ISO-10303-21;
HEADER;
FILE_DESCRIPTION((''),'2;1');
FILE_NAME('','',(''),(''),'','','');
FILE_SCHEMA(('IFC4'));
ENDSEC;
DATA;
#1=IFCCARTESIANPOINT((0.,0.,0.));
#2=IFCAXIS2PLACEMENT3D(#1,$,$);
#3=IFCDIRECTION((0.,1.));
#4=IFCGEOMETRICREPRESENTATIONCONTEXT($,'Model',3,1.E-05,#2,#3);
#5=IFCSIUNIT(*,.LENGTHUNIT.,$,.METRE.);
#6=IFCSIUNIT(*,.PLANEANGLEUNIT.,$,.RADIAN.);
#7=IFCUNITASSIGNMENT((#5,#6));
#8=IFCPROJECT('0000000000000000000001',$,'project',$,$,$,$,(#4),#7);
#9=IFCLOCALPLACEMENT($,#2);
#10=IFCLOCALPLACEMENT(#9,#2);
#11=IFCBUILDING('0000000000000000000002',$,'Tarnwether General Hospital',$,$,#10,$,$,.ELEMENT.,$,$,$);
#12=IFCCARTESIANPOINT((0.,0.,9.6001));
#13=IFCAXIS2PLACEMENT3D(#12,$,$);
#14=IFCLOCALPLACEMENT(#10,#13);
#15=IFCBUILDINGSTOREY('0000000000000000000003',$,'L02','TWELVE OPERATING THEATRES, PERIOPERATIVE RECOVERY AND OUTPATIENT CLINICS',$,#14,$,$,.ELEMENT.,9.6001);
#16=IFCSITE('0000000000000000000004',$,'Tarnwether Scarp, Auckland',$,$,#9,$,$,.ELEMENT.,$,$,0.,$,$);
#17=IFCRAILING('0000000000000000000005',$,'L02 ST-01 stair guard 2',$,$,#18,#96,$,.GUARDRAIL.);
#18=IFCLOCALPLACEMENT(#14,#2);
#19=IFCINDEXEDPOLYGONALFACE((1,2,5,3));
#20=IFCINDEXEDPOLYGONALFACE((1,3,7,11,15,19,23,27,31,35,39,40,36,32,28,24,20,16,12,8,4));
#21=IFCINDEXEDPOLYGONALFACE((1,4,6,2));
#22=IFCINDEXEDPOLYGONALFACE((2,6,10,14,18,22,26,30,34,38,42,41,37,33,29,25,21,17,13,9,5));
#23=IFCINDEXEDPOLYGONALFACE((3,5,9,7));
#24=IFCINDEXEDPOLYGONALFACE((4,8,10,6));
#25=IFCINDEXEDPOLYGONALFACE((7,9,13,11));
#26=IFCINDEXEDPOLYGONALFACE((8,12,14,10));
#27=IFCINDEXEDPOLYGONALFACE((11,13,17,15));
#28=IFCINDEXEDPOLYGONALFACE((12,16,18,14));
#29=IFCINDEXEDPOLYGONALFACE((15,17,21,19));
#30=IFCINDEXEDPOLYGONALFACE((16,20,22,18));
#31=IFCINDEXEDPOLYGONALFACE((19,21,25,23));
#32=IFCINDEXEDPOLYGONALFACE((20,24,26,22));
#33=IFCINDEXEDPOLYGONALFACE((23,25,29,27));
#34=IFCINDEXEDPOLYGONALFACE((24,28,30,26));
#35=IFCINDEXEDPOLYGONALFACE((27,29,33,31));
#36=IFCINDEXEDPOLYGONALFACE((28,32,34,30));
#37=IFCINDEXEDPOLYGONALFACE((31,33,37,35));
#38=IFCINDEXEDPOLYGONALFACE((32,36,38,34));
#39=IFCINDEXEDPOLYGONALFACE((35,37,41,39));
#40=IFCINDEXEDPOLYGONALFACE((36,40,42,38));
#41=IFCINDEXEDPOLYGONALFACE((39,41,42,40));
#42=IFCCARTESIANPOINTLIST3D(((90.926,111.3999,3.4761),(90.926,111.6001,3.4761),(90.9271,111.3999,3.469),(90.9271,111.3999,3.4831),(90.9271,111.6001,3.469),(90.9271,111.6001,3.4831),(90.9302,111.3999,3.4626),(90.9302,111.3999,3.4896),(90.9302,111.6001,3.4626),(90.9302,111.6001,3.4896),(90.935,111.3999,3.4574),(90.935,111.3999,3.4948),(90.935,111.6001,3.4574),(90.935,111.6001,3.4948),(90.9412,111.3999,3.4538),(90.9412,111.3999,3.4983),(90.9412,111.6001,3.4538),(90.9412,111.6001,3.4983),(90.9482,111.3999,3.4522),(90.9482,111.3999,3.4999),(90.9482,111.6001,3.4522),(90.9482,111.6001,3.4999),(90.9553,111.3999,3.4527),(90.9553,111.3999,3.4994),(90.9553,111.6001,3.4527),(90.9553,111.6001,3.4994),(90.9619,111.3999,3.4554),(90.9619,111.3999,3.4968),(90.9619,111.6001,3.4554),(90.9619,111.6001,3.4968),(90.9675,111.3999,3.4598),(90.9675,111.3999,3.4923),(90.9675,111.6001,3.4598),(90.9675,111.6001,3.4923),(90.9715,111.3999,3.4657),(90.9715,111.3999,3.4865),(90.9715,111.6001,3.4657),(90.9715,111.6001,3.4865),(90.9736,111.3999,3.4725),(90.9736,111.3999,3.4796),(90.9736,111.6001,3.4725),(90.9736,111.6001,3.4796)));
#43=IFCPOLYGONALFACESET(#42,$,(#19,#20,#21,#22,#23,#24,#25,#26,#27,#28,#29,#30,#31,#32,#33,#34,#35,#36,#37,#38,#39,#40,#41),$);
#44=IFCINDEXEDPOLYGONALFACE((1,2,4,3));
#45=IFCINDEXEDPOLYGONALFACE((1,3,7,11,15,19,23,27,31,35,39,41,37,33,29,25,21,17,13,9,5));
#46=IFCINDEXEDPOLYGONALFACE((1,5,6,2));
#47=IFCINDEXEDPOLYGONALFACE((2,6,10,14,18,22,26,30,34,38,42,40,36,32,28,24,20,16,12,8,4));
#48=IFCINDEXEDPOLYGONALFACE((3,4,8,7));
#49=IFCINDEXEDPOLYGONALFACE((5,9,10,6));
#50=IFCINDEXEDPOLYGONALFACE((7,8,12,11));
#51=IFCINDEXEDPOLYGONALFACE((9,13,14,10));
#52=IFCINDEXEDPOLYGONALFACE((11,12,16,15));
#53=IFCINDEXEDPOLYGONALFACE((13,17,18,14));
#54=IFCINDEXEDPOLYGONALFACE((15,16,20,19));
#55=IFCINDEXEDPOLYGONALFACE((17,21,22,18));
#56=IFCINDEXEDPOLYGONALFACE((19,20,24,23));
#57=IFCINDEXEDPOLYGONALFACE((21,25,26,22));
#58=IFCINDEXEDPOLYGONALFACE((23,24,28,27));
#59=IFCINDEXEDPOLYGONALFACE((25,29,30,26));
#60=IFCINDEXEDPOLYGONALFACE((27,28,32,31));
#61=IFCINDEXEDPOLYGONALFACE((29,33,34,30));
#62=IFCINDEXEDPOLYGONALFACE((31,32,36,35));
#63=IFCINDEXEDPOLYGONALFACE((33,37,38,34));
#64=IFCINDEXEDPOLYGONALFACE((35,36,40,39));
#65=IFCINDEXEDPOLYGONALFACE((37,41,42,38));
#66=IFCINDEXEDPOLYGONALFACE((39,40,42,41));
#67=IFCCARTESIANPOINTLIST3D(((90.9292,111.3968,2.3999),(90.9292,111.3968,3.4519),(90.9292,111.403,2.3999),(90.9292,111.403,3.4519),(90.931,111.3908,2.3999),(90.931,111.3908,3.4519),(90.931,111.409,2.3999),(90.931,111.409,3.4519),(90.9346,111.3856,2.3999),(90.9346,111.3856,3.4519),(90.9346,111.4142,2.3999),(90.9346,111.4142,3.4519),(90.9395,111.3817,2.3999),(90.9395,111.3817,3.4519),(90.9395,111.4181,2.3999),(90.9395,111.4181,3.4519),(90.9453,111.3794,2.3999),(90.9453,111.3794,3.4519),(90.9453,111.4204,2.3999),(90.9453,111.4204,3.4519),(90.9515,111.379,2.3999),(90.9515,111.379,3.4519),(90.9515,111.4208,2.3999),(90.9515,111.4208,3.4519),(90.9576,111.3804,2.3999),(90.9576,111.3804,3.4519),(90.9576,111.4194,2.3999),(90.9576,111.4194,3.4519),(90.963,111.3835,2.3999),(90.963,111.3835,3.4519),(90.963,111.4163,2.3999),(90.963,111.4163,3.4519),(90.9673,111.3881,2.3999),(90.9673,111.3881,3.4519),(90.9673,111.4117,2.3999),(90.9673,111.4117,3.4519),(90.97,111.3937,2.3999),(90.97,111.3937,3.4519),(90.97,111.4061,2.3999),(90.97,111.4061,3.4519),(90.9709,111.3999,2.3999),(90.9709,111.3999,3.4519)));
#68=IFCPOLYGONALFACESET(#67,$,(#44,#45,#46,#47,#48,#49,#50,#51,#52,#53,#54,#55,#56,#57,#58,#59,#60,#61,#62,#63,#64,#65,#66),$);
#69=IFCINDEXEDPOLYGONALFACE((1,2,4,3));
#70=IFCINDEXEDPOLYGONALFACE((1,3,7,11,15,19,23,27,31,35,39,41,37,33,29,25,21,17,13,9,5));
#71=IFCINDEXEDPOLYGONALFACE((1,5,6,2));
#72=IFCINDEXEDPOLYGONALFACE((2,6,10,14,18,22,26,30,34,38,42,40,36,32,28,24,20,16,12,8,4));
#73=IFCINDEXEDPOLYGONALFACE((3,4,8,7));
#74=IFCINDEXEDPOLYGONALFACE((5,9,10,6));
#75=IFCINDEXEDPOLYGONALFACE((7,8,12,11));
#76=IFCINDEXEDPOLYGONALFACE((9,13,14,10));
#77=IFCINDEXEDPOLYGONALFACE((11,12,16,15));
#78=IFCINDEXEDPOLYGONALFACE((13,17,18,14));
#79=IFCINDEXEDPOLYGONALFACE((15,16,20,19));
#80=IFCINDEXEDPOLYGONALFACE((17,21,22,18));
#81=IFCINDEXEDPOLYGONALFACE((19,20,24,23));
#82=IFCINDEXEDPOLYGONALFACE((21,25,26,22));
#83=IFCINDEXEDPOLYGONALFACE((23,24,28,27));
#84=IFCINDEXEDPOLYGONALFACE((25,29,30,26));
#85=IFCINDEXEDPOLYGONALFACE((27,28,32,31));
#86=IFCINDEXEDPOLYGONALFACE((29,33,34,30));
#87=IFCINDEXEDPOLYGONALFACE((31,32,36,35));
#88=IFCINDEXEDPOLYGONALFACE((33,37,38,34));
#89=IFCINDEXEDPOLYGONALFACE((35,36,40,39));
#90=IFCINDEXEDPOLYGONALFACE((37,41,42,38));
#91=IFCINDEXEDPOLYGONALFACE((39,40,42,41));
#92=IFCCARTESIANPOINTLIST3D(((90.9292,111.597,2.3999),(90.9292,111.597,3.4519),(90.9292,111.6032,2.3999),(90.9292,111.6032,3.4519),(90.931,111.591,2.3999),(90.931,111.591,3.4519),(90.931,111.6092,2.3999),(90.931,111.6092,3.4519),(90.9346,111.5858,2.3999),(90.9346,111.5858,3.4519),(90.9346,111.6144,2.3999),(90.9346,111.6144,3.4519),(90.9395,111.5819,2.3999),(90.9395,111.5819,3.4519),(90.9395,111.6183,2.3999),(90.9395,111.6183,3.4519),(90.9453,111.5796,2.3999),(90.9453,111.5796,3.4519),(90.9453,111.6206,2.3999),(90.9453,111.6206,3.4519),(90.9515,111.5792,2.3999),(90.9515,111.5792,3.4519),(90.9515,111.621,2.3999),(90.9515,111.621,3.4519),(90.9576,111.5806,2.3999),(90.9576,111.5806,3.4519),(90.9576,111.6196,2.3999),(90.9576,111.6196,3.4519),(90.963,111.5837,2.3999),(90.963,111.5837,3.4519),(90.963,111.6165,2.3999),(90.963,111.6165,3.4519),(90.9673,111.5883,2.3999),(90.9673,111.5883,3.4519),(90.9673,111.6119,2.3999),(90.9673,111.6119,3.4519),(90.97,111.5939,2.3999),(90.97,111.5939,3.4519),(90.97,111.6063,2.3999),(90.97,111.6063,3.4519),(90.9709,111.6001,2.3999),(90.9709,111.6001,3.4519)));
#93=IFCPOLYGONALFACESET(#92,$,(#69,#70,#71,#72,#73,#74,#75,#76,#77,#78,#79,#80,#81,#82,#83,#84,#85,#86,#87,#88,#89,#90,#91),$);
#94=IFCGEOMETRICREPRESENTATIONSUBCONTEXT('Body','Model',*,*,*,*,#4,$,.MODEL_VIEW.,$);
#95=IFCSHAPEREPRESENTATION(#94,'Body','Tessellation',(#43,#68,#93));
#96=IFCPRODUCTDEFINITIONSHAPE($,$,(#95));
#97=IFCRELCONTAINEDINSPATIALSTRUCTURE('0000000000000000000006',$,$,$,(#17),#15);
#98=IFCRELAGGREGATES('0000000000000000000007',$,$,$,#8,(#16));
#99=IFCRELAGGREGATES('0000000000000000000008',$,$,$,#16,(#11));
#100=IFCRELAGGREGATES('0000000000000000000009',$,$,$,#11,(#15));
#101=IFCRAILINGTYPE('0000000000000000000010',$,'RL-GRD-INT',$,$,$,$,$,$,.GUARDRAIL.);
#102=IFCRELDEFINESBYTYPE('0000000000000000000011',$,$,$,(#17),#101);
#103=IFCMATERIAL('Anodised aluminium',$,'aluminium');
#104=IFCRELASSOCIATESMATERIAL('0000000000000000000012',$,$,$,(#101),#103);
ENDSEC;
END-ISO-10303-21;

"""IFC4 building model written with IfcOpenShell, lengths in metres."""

from ifc_helpers import new_model, si_unit, direction, frame, origin, origin_2d, place, context, subcontext, project, spatial, circle, extrude, material, type_object, element, save


model = new_model("IFC4")

# Units and contexts
model_context = context("Model", 3, precision=1e-05, world=origin(), true_north=direction((0.0, 1.0)))
body_context = subcontext(model_context, "Body", "Model", "MODEL_VIEW")
ifc_project = project(units=[si_unit("LENGTHUNIT", "METRE"), si_unit("PLANEANGLEUNIT", "RADIAN")], contexts=[model_context])

# Site, building, storey
site_placement = place(None, origin())
site = spatial("IfcSite", under=ifc_project, at=site_placement, Name="Tarnwether Scarp, Auckland", CompositionType="ELEMENT", RefElevation=0.0)
building_placement = place(site_placement, origin())
building = spatial("IfcBuilding", under=site, at=building_placement, Name="Tarnwether General Hospital", CompositionType="ELEMENT")
storey_placement = place(building_placement, frame((0.0, 0.0, 9.6001)))
storey = spatial("IfcBuildingStorey", under=building, at=storey_placement, Name="L02", Description="TWELVE OPERATING THEATRES, PERIOPERATIVE RECOVERY AND OUTPATIENT CLINICS", CompositionType="ELEMENT", Elevation=9.6001)

# Railing
ifc_material_1 = material(Name="Anodised aluminium", Category="aluminium")
railing_type_1 = type_object("IfcRailingType", Name="RL-GRD-INT", PredefinedType="GUARDRAIL", material=ifc_material_1)
railing_1_placement = place(storey_placement, frame((90.95, 111.3999, 2.3999)))
element("IfcRailing", 1, at=railing_1_placement, inside=storey, type_object=railing_type_1, Name="L02 ST-01 stair guard 2", PredefinedType="GUARDRAIL", context=body_context, shape_type="SweptSolid", body=[
    extrude(circle(Radius=0.0239, at=origin_2d()), frame((0.0, 0.0, 1.0762), z_axis=(0.0, 1.0, 0.0), x_axis=(-1.0, 0.0, 0.0)), (0.0, 0.0, 1.0), 0.2002),
    extrude(circle(Radius=0.021, at=origin_2d()), origin(), (0.0, 0.0, 1.0), 1.052),
    extrude(circle(Radius=0.021, at=origin_2d()), frame((0.0, 0.2002, 0.0)), (0.0, 0.0, 1.0), 1.052),
])

save(model, "model.ifc")
